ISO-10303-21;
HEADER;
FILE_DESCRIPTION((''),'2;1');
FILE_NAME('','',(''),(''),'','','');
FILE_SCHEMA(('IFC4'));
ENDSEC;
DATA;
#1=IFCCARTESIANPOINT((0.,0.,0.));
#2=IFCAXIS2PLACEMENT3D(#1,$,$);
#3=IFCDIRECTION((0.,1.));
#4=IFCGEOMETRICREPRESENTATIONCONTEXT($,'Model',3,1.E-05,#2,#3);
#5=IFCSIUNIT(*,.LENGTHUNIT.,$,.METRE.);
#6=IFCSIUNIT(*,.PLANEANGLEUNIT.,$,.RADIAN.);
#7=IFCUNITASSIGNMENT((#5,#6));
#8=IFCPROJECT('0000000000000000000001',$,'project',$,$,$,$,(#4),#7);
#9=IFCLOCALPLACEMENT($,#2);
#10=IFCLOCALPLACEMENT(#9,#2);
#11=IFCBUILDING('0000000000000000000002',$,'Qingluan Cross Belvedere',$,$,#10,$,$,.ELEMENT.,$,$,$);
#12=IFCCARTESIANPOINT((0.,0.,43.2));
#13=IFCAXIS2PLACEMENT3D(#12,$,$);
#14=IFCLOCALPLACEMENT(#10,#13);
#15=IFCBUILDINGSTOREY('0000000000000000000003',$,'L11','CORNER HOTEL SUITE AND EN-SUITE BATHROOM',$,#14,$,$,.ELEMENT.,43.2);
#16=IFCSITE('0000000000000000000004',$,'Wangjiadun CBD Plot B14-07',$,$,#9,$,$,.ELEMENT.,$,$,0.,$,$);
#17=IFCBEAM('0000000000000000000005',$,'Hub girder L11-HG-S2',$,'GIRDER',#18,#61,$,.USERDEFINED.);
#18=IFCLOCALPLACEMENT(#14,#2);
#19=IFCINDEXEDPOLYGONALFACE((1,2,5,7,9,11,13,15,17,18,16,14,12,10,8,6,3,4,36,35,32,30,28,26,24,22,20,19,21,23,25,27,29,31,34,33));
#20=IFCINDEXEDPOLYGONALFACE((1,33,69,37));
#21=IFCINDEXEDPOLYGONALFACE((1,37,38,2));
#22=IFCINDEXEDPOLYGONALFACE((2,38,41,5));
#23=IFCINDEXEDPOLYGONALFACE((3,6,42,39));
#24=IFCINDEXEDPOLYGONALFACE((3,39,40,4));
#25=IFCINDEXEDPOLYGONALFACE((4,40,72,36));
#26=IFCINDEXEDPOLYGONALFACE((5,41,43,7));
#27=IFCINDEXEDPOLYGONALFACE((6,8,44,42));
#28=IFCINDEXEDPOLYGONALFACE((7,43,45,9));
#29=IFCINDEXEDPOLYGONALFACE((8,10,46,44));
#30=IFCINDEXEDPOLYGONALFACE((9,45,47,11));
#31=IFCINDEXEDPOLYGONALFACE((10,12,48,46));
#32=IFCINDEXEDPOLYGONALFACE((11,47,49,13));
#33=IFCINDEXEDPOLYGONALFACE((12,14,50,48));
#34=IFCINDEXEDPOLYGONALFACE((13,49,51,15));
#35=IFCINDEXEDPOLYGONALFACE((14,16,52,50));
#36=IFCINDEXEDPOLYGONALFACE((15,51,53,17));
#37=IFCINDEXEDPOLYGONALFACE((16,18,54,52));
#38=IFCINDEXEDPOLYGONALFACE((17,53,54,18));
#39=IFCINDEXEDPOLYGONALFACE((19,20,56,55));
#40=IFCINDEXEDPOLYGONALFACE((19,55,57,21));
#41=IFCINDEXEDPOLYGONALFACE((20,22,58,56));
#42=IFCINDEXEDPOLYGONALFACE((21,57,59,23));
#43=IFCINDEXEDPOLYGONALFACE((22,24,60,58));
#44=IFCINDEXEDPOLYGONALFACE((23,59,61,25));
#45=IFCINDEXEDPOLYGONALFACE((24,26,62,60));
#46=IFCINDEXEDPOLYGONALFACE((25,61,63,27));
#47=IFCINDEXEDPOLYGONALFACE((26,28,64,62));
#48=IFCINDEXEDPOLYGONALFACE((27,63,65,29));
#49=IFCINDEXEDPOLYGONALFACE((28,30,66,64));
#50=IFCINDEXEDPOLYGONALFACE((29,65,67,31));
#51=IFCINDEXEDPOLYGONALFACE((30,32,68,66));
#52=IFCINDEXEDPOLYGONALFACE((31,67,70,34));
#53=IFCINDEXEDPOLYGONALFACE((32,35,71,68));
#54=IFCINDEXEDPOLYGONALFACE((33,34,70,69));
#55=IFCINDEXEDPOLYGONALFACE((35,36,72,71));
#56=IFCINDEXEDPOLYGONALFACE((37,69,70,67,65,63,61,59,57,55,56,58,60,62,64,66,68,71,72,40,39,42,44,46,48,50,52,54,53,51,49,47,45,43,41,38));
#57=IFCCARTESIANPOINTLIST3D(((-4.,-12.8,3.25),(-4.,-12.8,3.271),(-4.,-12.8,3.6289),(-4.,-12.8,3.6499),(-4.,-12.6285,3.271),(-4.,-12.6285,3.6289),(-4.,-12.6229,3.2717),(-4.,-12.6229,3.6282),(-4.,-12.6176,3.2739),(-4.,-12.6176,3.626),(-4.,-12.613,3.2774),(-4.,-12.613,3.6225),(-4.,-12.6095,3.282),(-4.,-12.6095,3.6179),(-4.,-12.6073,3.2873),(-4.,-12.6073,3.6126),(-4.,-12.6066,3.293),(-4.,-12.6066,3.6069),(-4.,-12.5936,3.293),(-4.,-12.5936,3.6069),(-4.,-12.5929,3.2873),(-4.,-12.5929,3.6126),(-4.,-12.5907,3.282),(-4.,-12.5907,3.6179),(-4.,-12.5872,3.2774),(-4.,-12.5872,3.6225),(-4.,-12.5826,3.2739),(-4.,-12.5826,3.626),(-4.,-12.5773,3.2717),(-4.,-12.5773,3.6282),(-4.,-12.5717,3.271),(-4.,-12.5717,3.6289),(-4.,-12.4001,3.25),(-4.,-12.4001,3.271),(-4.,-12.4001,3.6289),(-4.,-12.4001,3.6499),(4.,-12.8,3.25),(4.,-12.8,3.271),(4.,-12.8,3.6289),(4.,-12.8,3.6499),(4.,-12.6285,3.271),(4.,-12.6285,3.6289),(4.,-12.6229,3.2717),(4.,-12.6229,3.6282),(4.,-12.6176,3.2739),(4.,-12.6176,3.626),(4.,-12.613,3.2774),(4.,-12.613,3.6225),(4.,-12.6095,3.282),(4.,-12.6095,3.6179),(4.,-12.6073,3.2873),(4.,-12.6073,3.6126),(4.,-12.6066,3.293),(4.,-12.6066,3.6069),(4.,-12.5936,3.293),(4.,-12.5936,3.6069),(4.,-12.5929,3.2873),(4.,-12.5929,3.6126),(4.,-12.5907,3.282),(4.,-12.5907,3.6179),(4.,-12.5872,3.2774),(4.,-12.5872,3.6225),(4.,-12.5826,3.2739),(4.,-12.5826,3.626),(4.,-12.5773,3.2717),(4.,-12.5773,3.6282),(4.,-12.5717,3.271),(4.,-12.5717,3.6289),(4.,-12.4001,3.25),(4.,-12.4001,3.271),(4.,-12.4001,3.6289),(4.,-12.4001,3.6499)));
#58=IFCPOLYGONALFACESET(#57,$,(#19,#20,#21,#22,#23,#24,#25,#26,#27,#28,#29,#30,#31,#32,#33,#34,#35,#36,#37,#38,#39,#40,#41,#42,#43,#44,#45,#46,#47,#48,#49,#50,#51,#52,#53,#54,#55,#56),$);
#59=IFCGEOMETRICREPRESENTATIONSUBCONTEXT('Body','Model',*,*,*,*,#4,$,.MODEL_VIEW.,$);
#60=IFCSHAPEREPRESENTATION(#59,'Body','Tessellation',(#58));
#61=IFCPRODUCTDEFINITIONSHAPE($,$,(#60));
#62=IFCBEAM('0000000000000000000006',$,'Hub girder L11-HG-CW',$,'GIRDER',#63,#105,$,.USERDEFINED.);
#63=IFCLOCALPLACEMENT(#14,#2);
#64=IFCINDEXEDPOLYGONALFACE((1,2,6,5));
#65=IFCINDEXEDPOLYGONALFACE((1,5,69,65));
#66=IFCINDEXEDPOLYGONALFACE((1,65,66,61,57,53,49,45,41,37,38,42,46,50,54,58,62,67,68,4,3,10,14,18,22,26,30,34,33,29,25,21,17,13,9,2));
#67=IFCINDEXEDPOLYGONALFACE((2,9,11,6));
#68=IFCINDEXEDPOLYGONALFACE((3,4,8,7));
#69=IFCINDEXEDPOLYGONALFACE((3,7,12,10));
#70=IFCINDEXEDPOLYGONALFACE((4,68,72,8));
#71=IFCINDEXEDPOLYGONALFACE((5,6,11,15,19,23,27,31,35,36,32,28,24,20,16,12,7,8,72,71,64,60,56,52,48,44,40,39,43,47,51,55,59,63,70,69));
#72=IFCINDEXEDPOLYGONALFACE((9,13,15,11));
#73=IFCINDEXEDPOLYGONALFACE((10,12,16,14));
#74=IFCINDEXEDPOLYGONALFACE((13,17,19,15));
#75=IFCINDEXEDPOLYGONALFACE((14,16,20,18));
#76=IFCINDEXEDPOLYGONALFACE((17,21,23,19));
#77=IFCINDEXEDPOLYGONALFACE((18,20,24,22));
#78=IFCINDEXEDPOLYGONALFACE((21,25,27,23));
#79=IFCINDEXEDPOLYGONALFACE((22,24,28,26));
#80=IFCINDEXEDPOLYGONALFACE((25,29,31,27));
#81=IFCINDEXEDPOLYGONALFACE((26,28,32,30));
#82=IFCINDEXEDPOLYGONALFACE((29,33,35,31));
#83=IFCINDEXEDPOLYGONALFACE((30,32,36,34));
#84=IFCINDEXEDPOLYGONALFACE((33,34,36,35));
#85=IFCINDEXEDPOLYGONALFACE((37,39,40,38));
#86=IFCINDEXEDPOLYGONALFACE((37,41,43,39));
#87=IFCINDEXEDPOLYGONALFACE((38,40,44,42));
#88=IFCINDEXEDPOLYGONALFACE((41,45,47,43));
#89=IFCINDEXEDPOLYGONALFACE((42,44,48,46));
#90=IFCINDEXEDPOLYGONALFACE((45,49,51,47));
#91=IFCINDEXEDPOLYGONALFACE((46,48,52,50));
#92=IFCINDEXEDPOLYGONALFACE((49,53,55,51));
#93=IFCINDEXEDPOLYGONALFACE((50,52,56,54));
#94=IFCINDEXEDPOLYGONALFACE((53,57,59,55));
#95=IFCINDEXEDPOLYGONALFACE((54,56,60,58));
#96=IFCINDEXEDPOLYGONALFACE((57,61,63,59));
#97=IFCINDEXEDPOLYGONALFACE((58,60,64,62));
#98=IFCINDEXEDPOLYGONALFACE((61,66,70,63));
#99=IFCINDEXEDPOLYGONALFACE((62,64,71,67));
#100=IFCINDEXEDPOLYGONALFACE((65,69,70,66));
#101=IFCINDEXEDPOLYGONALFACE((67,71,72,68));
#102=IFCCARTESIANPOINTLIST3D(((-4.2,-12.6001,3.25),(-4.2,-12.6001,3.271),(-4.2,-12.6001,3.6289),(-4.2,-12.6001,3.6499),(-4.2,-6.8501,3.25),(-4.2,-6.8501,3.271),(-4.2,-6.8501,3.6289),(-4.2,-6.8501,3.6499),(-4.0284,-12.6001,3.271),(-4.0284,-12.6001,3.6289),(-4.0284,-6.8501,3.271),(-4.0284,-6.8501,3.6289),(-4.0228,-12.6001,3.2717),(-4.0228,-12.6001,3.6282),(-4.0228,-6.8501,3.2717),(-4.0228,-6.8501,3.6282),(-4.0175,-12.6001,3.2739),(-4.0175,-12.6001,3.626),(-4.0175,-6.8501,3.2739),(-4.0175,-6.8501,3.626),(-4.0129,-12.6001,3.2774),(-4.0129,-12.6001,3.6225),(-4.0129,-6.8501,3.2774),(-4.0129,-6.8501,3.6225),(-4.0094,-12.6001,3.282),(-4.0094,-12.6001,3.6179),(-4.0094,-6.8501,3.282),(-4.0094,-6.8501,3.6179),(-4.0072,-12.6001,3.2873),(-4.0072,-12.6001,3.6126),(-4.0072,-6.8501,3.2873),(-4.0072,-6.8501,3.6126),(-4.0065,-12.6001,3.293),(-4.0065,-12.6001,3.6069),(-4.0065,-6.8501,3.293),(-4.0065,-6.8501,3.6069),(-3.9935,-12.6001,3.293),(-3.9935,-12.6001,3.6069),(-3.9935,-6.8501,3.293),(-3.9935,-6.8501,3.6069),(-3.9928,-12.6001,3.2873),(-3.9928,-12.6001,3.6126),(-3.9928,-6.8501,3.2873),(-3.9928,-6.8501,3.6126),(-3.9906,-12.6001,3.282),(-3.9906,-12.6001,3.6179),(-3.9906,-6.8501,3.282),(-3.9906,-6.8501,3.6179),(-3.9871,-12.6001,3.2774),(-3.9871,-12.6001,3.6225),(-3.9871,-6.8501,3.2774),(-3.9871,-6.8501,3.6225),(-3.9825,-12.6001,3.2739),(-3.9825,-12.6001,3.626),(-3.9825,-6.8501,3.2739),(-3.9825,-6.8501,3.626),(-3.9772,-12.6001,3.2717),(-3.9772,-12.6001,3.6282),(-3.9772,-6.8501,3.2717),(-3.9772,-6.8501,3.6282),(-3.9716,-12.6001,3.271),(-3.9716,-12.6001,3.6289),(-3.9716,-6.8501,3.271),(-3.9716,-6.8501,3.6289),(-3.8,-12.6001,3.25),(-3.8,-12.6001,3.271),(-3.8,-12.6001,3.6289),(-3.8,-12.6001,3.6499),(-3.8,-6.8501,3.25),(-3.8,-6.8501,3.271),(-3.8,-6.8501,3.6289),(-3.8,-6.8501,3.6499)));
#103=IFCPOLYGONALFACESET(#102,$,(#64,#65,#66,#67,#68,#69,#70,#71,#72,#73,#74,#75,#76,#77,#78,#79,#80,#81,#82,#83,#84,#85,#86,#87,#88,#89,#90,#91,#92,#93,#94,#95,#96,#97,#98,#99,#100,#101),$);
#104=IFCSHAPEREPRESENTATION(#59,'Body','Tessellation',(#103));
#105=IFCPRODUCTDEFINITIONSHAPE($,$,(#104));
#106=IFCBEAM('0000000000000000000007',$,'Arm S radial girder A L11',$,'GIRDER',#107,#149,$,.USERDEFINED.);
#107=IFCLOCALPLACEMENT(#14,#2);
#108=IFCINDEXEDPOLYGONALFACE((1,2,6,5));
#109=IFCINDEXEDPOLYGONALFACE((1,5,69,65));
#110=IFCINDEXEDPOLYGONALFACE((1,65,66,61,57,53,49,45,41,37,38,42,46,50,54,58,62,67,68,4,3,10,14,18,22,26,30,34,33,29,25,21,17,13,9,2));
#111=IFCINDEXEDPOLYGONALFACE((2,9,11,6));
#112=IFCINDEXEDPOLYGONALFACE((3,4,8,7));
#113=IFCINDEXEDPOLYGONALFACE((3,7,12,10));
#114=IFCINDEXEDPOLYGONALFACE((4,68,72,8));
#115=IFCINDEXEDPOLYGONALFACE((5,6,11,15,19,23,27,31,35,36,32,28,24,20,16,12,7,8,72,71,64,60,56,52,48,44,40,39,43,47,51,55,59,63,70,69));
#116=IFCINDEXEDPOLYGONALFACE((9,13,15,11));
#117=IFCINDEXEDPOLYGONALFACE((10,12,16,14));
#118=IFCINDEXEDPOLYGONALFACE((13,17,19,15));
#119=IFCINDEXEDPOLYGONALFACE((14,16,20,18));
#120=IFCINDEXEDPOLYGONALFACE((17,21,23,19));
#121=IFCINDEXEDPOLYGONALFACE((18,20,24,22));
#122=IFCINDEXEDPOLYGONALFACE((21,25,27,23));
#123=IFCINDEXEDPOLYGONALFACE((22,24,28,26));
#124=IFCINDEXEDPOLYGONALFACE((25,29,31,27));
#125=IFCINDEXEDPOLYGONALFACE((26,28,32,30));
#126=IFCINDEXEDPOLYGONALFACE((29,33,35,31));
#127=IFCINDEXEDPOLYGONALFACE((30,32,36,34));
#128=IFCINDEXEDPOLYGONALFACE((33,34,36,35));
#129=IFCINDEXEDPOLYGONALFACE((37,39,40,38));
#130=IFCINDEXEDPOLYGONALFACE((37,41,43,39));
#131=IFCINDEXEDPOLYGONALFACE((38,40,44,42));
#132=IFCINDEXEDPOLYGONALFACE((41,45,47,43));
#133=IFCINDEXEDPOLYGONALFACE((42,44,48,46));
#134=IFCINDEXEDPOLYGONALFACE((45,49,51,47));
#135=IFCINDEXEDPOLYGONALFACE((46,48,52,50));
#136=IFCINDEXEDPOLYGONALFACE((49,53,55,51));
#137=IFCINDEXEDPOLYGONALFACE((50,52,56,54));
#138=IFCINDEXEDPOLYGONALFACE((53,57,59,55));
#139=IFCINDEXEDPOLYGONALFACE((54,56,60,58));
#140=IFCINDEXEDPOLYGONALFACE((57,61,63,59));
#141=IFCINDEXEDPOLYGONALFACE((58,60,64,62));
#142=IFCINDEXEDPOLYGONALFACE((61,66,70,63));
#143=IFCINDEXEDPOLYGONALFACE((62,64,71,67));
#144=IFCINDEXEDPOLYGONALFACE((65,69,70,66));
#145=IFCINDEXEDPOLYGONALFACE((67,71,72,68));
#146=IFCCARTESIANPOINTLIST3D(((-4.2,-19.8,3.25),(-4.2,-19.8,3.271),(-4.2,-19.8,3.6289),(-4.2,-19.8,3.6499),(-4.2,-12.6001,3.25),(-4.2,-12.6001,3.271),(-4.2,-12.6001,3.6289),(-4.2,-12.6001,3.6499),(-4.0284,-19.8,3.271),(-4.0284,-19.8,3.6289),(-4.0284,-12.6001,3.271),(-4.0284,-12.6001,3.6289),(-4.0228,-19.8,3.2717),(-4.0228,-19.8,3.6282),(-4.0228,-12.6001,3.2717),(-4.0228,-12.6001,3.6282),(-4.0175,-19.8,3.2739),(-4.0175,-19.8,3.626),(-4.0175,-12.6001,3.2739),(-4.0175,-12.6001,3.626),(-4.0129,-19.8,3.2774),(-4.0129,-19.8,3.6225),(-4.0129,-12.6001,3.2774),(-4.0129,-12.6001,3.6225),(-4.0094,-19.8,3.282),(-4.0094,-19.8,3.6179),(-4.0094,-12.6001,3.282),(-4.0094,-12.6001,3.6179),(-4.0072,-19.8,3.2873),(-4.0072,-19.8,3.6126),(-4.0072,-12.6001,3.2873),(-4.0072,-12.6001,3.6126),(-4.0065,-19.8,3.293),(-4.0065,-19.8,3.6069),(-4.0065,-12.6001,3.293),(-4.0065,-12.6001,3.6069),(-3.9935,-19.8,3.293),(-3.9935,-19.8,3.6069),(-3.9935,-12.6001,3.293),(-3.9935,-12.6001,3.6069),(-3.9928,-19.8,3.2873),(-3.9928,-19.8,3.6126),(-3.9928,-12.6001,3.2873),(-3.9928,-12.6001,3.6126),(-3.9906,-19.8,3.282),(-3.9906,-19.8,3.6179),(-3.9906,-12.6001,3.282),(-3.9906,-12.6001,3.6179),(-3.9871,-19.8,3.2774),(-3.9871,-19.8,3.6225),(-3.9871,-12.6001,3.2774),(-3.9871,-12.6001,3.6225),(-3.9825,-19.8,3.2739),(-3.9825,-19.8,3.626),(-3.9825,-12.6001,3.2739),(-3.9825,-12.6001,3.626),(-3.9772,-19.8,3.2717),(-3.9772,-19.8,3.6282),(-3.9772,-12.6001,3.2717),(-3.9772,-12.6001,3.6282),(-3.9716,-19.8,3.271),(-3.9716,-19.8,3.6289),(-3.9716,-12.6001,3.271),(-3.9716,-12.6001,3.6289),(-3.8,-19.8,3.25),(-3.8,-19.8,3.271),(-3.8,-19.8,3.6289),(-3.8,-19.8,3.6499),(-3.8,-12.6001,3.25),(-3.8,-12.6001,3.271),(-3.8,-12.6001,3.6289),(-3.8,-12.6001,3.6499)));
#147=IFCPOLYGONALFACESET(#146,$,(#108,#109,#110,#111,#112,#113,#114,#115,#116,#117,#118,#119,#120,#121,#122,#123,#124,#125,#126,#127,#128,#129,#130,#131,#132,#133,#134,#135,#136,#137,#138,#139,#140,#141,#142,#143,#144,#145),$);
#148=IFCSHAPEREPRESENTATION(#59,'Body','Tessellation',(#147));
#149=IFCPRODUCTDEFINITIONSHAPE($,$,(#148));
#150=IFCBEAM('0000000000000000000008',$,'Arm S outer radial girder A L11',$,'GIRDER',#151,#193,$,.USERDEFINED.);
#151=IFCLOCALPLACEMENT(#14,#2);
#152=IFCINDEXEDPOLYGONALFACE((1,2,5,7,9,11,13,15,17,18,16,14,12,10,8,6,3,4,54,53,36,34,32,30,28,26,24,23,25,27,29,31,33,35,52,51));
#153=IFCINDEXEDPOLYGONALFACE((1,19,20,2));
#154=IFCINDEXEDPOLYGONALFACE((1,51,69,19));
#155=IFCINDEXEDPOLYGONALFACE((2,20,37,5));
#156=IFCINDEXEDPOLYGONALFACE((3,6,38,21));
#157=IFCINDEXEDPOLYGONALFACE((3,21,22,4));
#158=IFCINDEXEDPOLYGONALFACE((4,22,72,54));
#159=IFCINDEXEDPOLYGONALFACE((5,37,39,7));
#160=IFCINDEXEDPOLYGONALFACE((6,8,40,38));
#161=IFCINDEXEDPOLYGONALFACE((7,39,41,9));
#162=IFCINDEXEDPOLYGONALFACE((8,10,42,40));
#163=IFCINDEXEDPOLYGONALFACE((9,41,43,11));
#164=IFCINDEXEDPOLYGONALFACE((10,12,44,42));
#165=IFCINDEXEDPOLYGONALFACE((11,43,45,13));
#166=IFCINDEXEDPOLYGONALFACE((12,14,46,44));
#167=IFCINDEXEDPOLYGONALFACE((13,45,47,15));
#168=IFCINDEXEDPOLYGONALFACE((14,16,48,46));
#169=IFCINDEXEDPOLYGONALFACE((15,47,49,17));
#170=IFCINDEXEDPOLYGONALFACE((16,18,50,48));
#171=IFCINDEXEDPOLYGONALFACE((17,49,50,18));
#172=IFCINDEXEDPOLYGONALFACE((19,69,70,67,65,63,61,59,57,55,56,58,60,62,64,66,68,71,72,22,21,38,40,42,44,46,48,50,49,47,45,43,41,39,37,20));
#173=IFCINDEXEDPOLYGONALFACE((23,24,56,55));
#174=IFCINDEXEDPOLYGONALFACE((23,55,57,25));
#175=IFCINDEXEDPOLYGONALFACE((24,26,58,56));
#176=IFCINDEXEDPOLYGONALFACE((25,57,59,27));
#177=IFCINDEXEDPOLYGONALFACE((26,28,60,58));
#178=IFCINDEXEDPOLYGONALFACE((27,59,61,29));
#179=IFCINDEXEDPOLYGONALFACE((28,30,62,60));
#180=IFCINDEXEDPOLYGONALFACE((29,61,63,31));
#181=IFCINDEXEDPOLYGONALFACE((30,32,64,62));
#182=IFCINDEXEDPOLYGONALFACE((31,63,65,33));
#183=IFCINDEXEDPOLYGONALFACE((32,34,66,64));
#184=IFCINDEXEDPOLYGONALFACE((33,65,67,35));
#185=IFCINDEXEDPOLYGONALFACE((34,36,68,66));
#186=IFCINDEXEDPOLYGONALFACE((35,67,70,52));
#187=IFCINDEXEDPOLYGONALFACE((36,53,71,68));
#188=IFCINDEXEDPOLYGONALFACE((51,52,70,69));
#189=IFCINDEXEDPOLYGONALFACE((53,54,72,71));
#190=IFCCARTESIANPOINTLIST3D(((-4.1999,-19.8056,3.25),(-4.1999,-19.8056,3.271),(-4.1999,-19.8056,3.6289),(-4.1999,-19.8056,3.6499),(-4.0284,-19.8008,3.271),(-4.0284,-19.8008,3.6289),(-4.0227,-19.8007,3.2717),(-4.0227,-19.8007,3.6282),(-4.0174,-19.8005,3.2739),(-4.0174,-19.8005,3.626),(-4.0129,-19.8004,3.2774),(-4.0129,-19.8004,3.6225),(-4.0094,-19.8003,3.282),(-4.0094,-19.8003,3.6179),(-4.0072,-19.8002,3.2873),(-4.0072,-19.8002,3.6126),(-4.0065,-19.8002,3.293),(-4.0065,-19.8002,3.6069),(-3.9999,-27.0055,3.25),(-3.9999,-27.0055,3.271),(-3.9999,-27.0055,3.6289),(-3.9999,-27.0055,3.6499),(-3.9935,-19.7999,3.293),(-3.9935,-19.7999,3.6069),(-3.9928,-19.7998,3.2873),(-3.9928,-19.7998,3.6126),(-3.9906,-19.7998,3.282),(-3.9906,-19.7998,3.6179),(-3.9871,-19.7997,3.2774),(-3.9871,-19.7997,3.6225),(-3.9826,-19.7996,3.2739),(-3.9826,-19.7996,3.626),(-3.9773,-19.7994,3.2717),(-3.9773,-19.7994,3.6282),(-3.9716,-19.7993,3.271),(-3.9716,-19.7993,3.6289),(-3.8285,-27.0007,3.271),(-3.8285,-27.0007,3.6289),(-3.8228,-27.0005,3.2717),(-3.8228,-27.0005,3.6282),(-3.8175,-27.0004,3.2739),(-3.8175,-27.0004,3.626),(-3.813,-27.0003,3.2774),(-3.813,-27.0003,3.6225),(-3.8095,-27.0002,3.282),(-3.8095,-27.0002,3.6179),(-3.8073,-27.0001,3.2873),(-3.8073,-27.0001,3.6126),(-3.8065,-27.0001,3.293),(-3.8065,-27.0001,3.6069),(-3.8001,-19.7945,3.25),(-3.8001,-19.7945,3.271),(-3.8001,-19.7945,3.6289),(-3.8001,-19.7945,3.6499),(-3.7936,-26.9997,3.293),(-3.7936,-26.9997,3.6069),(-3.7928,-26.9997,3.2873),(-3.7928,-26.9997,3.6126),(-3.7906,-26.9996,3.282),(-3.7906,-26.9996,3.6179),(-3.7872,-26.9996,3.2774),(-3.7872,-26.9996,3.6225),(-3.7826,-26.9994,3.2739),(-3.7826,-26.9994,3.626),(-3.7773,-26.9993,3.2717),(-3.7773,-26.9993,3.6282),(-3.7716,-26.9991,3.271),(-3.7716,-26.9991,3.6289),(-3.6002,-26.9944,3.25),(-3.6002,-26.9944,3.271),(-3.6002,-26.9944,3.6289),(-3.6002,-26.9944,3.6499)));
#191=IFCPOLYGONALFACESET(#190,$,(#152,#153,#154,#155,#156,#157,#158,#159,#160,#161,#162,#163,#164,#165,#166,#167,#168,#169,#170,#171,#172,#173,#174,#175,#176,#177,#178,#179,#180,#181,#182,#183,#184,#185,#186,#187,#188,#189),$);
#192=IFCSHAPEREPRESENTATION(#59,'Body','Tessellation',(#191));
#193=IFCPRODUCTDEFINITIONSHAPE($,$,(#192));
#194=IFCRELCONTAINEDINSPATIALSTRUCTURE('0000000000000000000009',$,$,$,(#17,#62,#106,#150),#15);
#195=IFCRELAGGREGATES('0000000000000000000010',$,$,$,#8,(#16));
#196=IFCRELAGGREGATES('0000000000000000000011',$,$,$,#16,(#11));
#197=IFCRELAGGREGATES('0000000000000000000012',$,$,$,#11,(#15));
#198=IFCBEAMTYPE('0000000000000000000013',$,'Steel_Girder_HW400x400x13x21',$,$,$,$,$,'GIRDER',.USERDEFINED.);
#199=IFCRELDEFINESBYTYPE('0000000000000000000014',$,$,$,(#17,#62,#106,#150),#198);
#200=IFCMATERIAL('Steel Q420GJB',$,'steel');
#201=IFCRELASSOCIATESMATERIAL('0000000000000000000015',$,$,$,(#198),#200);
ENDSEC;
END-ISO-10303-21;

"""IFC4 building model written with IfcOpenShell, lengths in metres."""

from ifc_helpers import new_model, si_unit, direction, frame, origin, origin_2d, place, context, subcontext, project, spatial, i_section, extrude, material, material_profile, profile_set, type_object, element, save


model = new_model("IFC4")

# Units and contexts
model_context = context("Model", 3, precision=1e-05, world=origin(), true_north=direction((0.0, 1.0)))
body_context = subcontext(model_context, "Body", "Model", "MODEL_VIEW")
ifc_project = project(units=[si_unit("LENGTHUNIT", "METRE"), si_unit("PLANEANGLEUNIT", "RADIAN")], contexts=[model_context])

# Site, building, storey
site_placement = place(None, origin())
site = spatial("IfcSite", under=ifc_project, at=site_placement, Name="Wangjiadun CBD Plot B14-07", CompositionType="ELEMENT", RefElevation=0.0)
building_placement = place(site_placement, origin())
building = spatial("IfcBuilding", under=site, at=building_placement, Name="Qingluan Cross Belvedere", CompositionType="ELEMENT")
storey_placement = place(building_placement, frame((0.0, 0.0, 43.2)))
storey = spatial("IfcBuildingStorey", under=building, at=storey_placement, Name="L11", Description="CORNER HOTEL SUITE AND EN-SUITE BATHROOM", CompositionType="ELEMENT", Elevation=43.2)

# Beams
ifc_material_1 = material(Name="Steel Q420GJB", Category="steel")
ifc_material_profile_1 = material_profile(ifc_material_1, i_section(OverallWidth=0.3999, OverallDepth=0.3999, WebThickness=0.0129, FlangeThickness=0.021, FilletRadius=0.022, at=origin_2d()), Name="HW400x400x13x21")
ifc_profile_set_1 = profile_set([ifc_material_profile_1], Name="Steel Q420GJB")
beam_type_1 = type_object("IfcBeamType", Name="Steel_Girder_HW400x400x13x21", ElementType="GIRDER", PredefinedType="USERDEFINED", material=ifc_profile_set_1)
beam_1_placement = place(storey_placement, frame((-4.0, -12.6001, 3.45), z_axis=(1.0, 0.0, 0.0), x_axis=(0.0, 1.0, 0.0)))
element("IfcBeam", 1, at=beam_1_placement, inside=storey, type_object=beam_type_1, Name="Hub girder L11-HG-S2", ObjectType="GIRDER", PredefinedType="USERDEFINED", context=body_context, shape_type="SweptSolid", body=[
    extrude(i_section(OverallWidth=0.3999, OverallDepth=0.3999, WebThickness=0.0129, FlangeThickness=0.021, FilletRadius=0.022, at=origin_2d()), origin(), (0.0, 0.0, 1.0), 8.0),
])
beam_2_placement = place(storey_placement, frame((-4.0, -12.6001, 3.45), z_axis=(0.0, 1.0, 0.0), x_axis=(-1.0, 0.0, 0.0)))
element("IfcBeam", 2, at=beam_2_placement, inside=storey, type_object=beam_type_1, Name="Hub girder L11-HG-CW", ObjectType="GIRDER", PredefinedType="USERDEFINED", context=body_context, shape_type="SweptSolid", body=[
    extrude(i_section(OverallWidth=0.3999, OverallDepth=0.3999, WebThickness=0.0129, FlangeThickness=0.021, FilletRadius=0.022, at=origin_2d()), origin(), (0.0, 0.0, 1.0), 5.75),
])
beam_3_placement = place(storey_placement, frame((-4.0, -12.6001, 3.45), z_axis=(0.0, -1.0, 0.0), x_axis=(1.0, 0.0, 0.0)))
element("IfcBeam", 3, at=beam_3_placement, inside=storey, type_object=beam_type_1, Name="Arm S radial girder A L11", ObjectType="GIRDER", PredefinedType="USERDEFINED", context=body_context, shape_type="SweptSolid", body=[
    extrude(i_section(OverallWidth=0.3999, OverallDepth=0.3999, WebThickness=0.0129, FlangeThickness=0.021, FilletRadius=0.022, at=origin_2d()), origin(), (0.0, 0.0, 1.0), 7.2),
])
beam_4_placement = place(storey_placement, frame((-4.0, -19.8, 3.45), z_axis=(0.02776, -0.999615, 0.0), x_axis=(0.999615, 0.02776, 0.0)))
element("IfcBeam", 4, at=beam_4_placement, inside=storey, type_object=beam_type_1, Name="Arm S outer radial girder A L11", ObjectType="GIRDER", PredefinedType="USERDEFINED", context=body_context, shape_type="SweptSolid", body=[
    extrude(i_section(OverallWidth=0.3999, OverallDepth=0.3999, WebThickness=0.0129, FlangeThickness=0.021, FilletRadius=0.022, at=origin_2d()), origin(), (0.0, 0.0, 1.0), 7.2026),
])

save(model, "model.ifc")
